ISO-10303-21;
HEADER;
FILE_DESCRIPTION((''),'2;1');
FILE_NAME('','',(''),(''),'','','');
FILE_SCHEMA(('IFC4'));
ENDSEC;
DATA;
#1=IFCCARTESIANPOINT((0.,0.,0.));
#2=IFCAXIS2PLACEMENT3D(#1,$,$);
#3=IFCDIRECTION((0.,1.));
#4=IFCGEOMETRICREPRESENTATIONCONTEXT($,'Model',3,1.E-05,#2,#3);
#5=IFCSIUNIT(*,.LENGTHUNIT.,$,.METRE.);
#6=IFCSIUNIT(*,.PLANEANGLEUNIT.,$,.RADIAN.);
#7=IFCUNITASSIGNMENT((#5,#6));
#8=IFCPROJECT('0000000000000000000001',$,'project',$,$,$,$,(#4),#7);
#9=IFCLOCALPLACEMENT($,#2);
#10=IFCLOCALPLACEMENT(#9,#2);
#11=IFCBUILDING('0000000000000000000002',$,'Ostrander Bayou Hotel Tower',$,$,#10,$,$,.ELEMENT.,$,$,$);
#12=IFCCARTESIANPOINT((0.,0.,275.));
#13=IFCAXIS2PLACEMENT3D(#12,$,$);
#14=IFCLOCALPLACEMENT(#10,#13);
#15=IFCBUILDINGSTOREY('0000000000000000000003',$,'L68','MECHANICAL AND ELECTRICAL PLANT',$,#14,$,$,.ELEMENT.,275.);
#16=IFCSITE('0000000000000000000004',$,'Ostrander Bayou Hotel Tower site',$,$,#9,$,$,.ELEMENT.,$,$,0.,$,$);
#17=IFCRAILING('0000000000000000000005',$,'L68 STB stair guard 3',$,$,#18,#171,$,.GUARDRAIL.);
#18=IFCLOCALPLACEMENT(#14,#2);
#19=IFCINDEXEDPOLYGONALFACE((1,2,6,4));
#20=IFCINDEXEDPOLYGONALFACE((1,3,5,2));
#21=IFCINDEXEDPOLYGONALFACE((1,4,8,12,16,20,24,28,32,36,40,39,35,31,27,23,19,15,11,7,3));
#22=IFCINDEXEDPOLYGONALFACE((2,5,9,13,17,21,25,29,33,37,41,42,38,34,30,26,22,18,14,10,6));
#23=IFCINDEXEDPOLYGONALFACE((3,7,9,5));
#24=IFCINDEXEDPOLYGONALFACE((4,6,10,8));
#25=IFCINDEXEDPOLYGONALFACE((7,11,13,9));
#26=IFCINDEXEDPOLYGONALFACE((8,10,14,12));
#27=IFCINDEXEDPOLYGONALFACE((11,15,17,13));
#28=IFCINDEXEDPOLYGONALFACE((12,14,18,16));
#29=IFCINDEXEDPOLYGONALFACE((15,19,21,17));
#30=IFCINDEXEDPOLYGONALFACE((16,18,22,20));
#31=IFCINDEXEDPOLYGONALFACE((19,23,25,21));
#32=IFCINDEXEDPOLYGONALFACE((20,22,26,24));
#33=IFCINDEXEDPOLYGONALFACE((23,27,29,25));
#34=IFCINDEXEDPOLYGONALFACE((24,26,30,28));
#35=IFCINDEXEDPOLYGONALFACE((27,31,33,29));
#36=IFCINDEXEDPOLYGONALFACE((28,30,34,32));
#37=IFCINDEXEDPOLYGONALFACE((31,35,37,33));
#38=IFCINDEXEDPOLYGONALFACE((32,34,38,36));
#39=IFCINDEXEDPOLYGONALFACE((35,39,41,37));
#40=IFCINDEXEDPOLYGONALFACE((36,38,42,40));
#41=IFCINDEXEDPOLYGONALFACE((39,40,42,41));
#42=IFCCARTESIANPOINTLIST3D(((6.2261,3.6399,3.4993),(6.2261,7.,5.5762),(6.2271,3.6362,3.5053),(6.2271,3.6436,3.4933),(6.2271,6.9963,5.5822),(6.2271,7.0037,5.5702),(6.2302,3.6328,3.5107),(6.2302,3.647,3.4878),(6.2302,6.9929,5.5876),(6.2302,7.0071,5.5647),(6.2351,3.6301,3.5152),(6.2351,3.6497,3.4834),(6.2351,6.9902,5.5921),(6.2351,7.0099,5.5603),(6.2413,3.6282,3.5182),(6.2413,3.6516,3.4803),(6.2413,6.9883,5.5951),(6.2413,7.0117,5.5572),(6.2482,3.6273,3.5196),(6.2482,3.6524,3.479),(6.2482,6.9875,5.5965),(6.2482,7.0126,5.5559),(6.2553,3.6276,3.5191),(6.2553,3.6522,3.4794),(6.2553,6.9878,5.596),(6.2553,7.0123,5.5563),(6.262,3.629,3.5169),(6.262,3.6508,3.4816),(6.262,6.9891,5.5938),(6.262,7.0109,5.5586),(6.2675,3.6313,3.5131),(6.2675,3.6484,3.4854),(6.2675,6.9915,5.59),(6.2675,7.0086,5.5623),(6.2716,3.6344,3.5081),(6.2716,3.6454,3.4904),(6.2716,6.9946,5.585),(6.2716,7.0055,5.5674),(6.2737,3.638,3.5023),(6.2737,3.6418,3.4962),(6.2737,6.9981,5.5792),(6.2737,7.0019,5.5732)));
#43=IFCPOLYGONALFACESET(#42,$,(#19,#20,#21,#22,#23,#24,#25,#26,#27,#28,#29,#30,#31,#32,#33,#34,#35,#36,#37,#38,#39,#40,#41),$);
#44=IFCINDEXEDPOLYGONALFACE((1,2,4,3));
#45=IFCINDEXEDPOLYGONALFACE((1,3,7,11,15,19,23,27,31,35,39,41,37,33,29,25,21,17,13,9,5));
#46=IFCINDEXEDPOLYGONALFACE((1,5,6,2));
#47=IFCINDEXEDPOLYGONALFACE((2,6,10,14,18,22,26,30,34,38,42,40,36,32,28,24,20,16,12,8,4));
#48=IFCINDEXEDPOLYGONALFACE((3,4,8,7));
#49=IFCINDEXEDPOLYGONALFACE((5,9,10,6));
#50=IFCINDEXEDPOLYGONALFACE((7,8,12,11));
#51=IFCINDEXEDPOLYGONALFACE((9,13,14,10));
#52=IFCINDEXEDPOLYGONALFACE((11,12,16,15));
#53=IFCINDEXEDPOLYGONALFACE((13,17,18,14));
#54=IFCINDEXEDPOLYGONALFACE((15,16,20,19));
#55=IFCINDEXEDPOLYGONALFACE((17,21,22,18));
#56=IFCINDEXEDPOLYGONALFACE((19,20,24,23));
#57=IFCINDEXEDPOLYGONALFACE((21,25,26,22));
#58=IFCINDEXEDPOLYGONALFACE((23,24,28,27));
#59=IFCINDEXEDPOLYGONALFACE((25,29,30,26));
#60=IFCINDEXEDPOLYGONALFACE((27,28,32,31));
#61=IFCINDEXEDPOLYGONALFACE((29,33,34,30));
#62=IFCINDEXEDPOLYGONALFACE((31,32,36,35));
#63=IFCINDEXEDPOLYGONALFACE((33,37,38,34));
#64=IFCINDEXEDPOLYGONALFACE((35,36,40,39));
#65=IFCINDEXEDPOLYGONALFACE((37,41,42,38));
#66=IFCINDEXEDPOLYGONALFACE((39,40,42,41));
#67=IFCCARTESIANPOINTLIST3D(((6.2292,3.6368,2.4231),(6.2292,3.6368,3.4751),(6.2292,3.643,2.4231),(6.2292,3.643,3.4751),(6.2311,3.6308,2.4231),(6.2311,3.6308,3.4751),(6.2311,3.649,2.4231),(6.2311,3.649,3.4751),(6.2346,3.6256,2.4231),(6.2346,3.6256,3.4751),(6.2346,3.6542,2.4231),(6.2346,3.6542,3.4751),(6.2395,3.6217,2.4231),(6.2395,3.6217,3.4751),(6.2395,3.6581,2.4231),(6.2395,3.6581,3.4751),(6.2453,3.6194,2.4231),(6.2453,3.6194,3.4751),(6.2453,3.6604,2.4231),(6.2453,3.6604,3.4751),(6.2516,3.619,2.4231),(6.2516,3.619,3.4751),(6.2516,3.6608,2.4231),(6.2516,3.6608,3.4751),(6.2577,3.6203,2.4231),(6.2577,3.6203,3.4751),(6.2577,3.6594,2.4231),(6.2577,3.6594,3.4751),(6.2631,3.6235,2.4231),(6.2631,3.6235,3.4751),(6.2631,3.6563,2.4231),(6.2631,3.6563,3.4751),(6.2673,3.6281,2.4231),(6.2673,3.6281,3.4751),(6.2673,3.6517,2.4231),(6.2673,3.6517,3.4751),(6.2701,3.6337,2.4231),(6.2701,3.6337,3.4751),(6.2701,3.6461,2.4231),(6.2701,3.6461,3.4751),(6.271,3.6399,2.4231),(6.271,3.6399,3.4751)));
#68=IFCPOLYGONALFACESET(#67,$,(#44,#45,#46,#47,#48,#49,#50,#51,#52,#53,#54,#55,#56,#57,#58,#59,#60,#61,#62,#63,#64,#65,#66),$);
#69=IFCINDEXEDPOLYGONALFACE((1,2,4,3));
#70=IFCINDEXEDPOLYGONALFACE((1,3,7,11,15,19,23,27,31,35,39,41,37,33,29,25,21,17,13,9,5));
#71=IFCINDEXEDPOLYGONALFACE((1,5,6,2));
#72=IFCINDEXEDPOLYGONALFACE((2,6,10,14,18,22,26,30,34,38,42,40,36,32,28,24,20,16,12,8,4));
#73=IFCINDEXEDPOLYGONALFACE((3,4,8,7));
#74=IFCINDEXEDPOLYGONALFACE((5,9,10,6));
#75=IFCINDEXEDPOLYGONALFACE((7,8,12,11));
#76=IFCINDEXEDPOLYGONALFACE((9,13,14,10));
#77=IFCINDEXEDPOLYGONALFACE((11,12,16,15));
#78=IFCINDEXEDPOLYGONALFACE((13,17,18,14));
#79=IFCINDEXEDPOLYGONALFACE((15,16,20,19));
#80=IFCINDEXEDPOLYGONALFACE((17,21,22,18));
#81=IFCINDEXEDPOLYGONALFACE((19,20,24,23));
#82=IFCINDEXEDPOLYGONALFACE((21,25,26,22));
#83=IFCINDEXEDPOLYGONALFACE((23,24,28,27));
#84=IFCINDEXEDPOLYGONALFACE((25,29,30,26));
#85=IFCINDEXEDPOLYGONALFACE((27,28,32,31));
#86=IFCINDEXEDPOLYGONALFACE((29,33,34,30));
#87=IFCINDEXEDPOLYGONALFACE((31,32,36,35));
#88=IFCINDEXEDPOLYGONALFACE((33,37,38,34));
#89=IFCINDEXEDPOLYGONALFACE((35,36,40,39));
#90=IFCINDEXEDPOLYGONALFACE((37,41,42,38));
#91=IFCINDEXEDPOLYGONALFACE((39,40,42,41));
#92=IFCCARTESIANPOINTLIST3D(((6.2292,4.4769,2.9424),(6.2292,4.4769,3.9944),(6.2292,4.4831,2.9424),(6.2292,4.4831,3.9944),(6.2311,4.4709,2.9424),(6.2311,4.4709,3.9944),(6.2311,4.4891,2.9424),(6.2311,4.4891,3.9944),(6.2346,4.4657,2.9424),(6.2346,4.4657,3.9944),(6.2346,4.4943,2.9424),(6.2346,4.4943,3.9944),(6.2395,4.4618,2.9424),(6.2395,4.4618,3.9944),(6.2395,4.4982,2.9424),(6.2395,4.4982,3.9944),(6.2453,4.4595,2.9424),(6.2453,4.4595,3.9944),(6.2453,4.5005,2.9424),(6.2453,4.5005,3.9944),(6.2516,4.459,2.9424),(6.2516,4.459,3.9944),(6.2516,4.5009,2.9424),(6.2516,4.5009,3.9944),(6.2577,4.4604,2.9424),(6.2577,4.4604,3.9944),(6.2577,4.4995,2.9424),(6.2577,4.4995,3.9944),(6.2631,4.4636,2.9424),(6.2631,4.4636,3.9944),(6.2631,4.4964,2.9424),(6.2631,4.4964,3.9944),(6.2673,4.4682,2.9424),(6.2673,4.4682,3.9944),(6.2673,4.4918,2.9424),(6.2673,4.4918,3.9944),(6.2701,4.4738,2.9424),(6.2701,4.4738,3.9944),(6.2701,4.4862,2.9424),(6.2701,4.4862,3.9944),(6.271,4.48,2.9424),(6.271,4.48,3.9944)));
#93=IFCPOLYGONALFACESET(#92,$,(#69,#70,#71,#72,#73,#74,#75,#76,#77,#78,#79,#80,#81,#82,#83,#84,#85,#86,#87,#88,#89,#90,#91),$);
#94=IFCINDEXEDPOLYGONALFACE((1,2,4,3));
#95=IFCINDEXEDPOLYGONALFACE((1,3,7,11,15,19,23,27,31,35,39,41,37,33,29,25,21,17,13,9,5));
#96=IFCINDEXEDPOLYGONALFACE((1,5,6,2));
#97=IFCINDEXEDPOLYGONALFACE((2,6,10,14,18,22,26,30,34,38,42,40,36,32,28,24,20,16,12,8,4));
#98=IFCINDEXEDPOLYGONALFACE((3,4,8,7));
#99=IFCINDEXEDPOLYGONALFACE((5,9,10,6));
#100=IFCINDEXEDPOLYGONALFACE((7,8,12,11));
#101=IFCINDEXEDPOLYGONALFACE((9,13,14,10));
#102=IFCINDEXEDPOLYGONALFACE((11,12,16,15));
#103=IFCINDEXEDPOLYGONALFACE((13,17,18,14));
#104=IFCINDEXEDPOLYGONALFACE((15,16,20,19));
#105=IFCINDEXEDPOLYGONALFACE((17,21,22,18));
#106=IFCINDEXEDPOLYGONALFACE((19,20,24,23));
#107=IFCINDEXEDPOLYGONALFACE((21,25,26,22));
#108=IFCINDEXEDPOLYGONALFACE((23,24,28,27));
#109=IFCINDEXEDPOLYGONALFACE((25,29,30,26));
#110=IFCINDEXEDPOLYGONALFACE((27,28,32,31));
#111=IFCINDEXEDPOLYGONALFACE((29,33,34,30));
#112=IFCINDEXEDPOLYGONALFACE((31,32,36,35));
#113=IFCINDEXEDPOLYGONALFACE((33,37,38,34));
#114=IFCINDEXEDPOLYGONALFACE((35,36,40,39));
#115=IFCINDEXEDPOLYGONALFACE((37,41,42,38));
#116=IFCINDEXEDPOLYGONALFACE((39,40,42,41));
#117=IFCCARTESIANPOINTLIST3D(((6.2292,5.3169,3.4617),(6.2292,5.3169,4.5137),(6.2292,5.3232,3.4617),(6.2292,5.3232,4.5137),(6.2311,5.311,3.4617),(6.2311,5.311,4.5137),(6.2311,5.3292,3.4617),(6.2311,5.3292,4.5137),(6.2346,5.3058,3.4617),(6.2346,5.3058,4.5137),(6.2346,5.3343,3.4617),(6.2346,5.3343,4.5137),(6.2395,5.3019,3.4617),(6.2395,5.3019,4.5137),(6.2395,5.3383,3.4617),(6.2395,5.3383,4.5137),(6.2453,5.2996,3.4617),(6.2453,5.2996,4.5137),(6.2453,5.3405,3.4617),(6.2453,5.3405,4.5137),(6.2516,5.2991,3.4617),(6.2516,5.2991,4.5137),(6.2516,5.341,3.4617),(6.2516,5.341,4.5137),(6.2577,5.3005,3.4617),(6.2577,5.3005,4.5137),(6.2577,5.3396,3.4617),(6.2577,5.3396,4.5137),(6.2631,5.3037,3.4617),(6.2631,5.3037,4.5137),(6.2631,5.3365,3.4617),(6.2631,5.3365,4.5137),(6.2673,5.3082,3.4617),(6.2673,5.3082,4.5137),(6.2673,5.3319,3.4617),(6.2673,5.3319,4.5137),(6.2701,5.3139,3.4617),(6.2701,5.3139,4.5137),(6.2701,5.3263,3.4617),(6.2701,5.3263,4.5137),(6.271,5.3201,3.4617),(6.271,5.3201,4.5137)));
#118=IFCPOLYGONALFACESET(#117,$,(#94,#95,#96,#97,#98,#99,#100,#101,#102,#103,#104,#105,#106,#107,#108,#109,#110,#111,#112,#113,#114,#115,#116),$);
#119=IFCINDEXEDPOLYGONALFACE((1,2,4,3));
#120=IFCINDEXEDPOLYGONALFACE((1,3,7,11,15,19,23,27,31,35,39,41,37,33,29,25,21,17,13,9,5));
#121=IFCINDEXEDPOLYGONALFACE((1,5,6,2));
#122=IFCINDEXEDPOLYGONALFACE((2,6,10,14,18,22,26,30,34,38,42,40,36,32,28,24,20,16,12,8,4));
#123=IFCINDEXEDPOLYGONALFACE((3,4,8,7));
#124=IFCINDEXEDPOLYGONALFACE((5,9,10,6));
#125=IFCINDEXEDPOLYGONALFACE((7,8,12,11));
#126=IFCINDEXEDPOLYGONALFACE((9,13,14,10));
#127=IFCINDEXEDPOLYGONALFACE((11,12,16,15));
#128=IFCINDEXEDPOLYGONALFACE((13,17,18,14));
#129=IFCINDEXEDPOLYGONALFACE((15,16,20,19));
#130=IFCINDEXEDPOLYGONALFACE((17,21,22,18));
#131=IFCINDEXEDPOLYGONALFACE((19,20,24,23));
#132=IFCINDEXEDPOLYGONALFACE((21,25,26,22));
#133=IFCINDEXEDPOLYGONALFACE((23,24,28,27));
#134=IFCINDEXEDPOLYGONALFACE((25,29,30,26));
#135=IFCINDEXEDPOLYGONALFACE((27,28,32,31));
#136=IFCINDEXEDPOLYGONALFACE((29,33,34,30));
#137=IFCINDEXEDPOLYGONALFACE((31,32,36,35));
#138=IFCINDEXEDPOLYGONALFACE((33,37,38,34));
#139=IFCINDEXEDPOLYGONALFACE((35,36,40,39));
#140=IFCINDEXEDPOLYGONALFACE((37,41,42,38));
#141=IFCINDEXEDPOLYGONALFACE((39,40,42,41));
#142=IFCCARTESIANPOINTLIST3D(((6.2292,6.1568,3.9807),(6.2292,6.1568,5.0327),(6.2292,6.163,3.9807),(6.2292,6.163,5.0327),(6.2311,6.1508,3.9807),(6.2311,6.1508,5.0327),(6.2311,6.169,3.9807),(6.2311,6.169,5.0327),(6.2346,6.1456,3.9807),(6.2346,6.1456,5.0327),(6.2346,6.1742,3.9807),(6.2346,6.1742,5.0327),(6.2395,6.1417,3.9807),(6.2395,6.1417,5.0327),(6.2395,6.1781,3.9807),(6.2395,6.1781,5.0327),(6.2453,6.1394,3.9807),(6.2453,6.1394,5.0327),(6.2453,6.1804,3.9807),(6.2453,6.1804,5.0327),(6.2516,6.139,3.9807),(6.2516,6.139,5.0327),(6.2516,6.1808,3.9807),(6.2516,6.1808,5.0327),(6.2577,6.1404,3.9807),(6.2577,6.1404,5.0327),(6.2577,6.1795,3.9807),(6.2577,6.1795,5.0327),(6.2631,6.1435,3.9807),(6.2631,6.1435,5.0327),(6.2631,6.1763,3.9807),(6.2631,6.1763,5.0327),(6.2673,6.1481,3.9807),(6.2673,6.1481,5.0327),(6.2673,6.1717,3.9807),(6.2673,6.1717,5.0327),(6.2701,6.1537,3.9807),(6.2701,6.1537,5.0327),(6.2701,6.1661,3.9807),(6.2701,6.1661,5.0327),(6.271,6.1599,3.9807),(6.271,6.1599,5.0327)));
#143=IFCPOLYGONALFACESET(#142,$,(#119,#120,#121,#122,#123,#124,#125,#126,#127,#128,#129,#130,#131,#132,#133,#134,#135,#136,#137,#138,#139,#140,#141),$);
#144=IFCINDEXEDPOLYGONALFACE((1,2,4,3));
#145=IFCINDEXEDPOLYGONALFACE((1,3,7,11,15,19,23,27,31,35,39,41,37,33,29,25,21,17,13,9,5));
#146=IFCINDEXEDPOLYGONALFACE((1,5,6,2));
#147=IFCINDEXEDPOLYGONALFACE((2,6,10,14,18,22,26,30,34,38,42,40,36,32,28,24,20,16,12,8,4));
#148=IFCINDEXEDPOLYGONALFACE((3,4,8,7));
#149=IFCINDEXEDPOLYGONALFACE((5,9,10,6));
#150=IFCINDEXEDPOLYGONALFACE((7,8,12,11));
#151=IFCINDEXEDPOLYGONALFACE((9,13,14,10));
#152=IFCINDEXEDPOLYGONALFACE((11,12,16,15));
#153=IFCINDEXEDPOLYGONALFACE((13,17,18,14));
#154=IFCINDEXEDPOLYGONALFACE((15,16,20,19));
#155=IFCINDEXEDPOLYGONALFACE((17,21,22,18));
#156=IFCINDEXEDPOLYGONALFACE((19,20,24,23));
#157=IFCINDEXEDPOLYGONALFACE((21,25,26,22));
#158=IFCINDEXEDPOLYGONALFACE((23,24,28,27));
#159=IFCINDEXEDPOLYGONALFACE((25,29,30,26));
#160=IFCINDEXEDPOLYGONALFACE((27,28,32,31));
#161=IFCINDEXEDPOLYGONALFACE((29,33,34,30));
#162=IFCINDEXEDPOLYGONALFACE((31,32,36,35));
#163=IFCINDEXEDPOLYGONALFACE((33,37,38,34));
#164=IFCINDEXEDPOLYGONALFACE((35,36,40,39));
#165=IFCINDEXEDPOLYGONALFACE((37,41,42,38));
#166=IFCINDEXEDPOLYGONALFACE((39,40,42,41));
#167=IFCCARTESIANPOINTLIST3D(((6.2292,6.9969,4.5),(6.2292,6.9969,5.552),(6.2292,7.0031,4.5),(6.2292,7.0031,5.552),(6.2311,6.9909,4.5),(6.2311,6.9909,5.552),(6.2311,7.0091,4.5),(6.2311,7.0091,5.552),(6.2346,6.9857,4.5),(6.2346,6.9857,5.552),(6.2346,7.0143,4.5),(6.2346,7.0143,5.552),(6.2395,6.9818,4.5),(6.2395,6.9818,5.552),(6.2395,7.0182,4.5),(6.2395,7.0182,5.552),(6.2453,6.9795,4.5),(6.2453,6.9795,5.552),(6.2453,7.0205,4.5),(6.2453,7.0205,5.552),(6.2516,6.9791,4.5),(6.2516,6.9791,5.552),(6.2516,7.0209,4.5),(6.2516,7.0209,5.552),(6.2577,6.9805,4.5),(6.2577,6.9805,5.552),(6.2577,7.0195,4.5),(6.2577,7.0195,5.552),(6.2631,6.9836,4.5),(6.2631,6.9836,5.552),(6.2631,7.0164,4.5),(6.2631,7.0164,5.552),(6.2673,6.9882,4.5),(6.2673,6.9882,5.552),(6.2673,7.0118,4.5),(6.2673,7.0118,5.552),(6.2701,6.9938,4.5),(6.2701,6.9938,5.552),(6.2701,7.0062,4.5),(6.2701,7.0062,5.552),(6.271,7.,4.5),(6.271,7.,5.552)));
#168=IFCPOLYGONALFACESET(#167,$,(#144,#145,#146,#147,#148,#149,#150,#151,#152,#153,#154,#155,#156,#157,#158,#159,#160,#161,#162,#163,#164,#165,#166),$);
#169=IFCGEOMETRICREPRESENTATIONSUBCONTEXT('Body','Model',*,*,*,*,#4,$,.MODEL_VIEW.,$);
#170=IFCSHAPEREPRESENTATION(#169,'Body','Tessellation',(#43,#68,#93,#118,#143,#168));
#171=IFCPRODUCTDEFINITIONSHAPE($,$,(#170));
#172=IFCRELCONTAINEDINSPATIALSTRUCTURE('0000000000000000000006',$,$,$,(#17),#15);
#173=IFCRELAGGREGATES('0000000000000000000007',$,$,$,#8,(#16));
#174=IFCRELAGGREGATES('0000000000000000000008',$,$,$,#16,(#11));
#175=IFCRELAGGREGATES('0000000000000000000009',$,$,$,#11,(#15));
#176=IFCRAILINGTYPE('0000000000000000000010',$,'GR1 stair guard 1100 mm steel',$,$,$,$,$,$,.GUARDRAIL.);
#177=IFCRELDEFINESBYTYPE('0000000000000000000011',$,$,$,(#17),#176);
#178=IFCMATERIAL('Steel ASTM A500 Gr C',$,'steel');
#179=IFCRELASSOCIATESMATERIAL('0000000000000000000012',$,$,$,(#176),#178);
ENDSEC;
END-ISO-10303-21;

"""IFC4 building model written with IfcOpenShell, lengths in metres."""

from ifc_helpers import new_model, si_unit, direction, frame, origin, origin_2d, place, context, subcontext, project, spatial, circle, extrude, material, type_object, element, save


model = new_model("IFC4")

# Units and contexts
model_context = context("Model", 3, precision=1e-05, world=origin(), true_north=direction((0.0, 1.0)))
body_context = subcontext(model_context, "Body", "Model", "MODEL_VIEW")
ifc_project = project(units=[si_unit("LENGTHUNIT", "METRE"), si_unit("PLANEANGLEUNIT", "RADIAN")], contexts=[model_context])

# Site, building, storey
site_placement = place(None, origin())
site = spatial("IfcSite", under=ifc_project, at=site_placement, Name="Ostrander Bayou Hotel Tower site", CompositionType="ELEMENT", RefElevation=0.0)
building_placement = place(site_placement, origin())
building = spatial("IfcBuilding", under=site, at=building_placement, Name="Ostrander Bayou Hotel Tower", CompositionType="ELEMENT")
storey_placement = place(building_placement, frame((0.0, 0.0, 275.0)))
storey = spatial("IfcBuildingStorey", under=building, at=storey_placement, Name="L68", Description="MECHANICAL AND ELECTRICAL PLANT", CompositionType="ELEMENT", Elevation=275.0)

# Railing
ifc_material_1 = material(Name="Steel ASTM A500 Gr C", Category="steel")
railing_type_1 = type_object("IfcRailingType", Name="GR1 stair guard 1100 mm steel", PredefinedType="GUARDRAIL", material=ifc_material_1)
railing_1_placement = place(storey_placement, frame((6.25, 3.6399, 2.4231)))
element("IfcRailing", 1, at=railing_1_placement, inside=storey, type_object=railing_type_1, Name="L68 STB stair guard 3", PredefinedType="GUARDRAIL", context=body_context, shape_type="SweptSolid", body=[
    extrude(circle(Radius=0.0239, at=origin_2d()), frame((0.0, 0.0, 1.0762), z_axis=(0.0, 0.850623, 0.525776), x_axis=(-1.0, 0.0, 0.0)), (0.0, 0.0, 1.0), 3.9502),
    extrude(circle(Radius=0.021, at=origin_2d()), origin(), (0.0, 0.0, 1.0), 1.052),
    extrude(circle(Radius=0.021, at=origin_2d()), frame((0.0, 0.8401, 0.5193)), (0.0, 0.0, 1.0), 1.052),
    extrude(circle(Radius=0.021, at=origin_2d()), frame((0.0, 1.6802, 1.0386)), (0.0, 0.0, 1.0), 1.052),
    extrude(circle(Radius=0.021, at=origin_2d()), frame((0.0, 2.52, 1.5576)), (0.0, 0.0, 1.0), 1.052),
    extrude(circle(Radius=0.021, at=origin_2d()), frame((0.0, 3.3601, 2.0769)), (0.0, 0.0, 1.0), 1.052),
])

save(model, "model.ifc")
